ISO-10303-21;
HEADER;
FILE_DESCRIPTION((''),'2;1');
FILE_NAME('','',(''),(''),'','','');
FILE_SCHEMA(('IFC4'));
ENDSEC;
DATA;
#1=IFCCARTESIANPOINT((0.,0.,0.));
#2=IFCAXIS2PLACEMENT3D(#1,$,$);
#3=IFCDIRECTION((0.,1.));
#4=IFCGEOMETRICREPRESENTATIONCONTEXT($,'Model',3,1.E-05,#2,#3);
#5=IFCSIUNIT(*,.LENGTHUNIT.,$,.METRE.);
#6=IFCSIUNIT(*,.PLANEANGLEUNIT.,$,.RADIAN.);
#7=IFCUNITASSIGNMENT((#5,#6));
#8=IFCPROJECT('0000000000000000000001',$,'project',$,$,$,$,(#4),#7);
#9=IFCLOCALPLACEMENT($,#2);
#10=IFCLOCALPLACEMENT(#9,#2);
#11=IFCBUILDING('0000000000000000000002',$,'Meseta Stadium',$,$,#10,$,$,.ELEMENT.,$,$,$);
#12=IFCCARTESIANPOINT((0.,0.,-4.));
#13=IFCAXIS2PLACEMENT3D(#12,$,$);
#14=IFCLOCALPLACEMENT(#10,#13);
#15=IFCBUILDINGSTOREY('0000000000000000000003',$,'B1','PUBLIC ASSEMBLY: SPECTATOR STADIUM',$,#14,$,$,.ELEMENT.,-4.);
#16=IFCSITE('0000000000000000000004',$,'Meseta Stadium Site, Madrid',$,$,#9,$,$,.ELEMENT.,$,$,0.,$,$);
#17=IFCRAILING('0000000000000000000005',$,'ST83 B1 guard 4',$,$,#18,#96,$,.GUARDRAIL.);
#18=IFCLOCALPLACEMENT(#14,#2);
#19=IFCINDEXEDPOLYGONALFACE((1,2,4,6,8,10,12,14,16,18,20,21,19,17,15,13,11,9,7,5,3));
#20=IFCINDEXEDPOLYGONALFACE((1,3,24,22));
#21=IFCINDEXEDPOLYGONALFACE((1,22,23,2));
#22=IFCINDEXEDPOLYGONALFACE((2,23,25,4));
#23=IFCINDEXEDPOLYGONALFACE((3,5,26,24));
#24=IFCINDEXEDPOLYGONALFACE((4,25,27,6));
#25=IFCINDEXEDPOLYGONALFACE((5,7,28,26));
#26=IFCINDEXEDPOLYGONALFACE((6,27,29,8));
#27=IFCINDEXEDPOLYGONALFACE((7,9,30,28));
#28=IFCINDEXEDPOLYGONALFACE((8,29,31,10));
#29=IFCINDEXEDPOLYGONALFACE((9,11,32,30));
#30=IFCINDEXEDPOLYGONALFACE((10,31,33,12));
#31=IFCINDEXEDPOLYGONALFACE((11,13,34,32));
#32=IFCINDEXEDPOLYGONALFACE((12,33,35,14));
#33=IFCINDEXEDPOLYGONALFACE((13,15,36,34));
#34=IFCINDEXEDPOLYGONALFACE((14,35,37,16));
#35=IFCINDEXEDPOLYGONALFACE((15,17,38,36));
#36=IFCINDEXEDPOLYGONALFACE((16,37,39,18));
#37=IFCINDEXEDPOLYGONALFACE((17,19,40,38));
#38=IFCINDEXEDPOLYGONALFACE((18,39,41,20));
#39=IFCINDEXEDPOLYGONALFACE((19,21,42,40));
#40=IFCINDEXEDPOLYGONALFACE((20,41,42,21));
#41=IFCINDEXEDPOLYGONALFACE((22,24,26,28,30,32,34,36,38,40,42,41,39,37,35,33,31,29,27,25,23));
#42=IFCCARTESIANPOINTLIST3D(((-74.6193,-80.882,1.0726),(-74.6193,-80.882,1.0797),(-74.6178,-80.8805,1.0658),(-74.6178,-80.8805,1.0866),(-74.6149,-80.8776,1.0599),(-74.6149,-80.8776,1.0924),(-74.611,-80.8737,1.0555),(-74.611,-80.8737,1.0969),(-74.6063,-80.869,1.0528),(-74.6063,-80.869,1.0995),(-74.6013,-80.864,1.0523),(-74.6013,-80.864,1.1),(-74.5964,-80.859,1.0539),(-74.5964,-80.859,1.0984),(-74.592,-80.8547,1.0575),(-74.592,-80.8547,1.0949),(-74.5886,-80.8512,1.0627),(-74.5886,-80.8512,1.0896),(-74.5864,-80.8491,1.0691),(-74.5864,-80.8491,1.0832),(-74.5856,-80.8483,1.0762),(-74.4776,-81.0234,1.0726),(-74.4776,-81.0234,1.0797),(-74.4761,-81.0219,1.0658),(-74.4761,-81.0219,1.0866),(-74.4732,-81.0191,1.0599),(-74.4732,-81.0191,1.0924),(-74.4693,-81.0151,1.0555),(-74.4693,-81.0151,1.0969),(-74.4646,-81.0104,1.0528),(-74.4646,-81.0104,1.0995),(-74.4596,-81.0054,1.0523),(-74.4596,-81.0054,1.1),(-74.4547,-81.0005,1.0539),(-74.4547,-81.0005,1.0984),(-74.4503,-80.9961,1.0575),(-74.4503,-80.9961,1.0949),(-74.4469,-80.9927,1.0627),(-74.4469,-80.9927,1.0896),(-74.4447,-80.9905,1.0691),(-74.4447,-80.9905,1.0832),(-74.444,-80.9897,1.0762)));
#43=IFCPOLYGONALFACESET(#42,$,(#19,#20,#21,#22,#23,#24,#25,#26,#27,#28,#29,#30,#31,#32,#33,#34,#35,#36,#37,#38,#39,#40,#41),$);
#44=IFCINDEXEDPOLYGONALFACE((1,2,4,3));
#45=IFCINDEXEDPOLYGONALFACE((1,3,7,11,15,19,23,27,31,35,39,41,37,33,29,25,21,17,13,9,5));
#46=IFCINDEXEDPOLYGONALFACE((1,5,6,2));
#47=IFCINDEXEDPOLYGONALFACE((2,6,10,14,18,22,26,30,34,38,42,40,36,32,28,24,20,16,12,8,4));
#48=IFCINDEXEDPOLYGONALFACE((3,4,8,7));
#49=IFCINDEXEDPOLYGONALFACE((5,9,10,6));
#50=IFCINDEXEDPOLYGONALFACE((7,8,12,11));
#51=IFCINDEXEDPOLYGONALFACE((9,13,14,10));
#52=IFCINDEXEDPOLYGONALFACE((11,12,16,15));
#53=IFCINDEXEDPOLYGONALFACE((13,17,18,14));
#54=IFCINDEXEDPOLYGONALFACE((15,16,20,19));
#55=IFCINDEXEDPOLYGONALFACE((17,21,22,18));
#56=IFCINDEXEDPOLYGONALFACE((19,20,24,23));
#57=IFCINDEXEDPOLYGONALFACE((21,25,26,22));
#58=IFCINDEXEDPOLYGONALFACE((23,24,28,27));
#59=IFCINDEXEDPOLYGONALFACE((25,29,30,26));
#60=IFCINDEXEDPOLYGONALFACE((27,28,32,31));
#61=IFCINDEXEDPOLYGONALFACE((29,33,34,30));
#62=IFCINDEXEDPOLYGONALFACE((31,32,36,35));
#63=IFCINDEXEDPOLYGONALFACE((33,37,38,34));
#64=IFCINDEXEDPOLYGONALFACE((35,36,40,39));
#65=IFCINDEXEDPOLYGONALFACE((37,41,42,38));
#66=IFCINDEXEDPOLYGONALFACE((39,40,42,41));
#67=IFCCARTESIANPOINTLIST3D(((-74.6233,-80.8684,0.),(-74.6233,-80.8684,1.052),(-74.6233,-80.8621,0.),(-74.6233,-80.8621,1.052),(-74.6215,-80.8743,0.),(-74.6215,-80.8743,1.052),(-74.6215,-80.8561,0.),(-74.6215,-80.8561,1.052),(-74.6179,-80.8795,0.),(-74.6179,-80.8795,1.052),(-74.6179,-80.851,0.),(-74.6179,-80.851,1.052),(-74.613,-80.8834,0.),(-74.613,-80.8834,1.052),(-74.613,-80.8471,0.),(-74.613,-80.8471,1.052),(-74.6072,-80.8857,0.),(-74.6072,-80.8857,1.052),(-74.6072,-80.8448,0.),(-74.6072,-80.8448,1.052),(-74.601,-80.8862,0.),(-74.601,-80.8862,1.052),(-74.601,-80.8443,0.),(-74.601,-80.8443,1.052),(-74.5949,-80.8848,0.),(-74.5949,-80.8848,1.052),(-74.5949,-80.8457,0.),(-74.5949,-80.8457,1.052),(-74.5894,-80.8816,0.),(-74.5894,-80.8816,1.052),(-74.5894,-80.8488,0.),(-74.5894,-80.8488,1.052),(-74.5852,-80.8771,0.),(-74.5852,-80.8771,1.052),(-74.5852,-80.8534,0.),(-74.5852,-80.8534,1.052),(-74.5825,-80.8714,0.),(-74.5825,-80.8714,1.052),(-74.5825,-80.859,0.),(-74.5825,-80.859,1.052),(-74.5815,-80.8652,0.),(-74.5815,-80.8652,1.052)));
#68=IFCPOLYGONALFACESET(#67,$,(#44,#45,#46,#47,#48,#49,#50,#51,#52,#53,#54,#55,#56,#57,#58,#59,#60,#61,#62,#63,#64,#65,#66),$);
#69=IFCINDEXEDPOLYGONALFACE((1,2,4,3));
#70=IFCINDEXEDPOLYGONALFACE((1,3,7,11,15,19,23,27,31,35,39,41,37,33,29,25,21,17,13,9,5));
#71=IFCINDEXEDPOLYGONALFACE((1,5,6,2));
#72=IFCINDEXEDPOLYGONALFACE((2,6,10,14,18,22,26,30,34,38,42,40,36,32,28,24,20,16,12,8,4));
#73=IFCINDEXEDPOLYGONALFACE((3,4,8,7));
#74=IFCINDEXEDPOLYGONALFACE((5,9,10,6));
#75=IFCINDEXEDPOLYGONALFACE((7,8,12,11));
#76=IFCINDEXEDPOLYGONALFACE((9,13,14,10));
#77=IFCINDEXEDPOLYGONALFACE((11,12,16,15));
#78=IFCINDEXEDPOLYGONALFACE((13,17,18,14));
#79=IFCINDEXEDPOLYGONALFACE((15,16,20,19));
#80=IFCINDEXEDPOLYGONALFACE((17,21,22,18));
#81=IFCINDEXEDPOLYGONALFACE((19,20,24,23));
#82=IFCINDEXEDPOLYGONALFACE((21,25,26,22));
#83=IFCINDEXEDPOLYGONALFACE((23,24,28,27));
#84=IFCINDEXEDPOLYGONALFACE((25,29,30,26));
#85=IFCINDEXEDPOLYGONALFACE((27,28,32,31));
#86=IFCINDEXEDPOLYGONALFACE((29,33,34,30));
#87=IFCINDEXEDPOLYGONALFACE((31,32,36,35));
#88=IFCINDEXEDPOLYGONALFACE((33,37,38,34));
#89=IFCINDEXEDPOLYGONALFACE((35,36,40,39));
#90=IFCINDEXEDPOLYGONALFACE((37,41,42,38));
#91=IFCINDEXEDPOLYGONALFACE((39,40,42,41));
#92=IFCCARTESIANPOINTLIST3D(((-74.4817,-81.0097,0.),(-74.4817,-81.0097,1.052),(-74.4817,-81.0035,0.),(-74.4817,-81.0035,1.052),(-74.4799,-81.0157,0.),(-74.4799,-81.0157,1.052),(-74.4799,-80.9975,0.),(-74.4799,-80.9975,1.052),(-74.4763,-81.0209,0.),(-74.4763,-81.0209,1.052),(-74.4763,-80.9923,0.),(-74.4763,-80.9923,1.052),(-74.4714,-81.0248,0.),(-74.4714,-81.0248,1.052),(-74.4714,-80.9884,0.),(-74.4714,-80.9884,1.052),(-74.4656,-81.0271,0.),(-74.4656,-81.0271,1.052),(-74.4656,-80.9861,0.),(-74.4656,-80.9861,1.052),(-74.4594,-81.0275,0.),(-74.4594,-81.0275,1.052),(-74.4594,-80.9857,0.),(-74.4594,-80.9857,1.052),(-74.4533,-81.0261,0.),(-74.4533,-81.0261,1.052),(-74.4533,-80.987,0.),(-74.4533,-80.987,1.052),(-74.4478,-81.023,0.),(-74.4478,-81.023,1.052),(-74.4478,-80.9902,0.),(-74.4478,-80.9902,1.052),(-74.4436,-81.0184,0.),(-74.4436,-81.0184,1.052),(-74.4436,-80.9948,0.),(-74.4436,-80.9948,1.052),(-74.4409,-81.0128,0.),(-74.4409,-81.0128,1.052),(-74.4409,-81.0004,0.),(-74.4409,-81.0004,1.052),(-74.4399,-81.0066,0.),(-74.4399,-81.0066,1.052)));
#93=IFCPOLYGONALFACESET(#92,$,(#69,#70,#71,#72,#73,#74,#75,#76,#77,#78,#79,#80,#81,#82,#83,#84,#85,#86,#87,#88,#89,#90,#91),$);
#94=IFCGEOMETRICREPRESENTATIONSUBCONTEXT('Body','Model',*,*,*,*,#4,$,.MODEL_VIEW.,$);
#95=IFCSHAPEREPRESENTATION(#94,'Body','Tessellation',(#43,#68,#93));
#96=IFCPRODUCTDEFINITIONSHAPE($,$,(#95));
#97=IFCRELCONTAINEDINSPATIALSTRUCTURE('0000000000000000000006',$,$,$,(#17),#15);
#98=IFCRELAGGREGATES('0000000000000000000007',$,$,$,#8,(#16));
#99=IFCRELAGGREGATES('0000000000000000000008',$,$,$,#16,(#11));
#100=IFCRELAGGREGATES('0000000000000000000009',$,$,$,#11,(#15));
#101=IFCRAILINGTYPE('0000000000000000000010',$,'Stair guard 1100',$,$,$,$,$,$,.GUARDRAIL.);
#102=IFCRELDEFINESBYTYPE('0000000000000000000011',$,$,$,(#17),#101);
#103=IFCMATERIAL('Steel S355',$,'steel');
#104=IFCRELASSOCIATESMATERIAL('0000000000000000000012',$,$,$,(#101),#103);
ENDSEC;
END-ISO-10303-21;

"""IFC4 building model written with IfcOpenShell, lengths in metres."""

from ifc_helpers import new_model, si_unit, direction, frame, origin, origin_2d, place, context, subcontext, project, spatial, circle, extrude, material, type_object, element, save


model = new_model("IFC4")

# Units and contexts
model_context = context("Model", 3, precision=1e-05, world=origin(), true_north=direction((0.0, 1.0)))
body_context = subcontext(model_context, "Body", "Model", "MODEL_VIEW")
ifc_project = project(units=[si_unit("LENGTHUNIT", "METRE"), si_unit("PLANEANGLEUNIT", "RADIAN")], contexts=[model_context])

# Site, building, storey
site_placement = place(None, origin())
site = spatial("IfcSite", under=ifc_project, at=site_placement, Name="Meseta Stadium Site, Madrid", CompositionType="ELEMENT", RefElevation=0.0)
building_placement = place(site_placement, origin())
building = spatial("IfcBuilding", under=site, at=building_placement, Name="Meseta Stadium", CompositionType="ELEMENT")
storey_placement = place(building_placement, frame((0.0, 0.0, -4.0)))
storey = spatial("IfcBuildingStorey", under=building, at=storey_placement, Name="B1", Description="PUBLIC ASSEMBLY: SPECTATOR STADIUM", CompositionType="ELEMENT", Elevation=-4.0)

# Railing
ifc_material_1 = material(Name="Steel S355", Category="steel")
railing_type_1 = type_object("IfcRailingType", Name="Stair guard 1100", PredefinedType="GUARDRAIL", material=ifc_material_1)
railing_1_placement = place(storey_placement, frame((-74.6025, -80.8652, 0.0)))
element("IfcRailing", 1, at=railing_1_placement, inside=storey, type_object=railing_type_1, Name="ST83 B1 guard 4", PredefinedType="GUARDRAIL", context=body_context, shape_type="SweptSolid", body=[
    extrude(circle(Radius=0.0239, at=origin_2d()), frame((0.0, 0.0, 1.0762), z_axis=(0.707717, -0.706496, 0.0), x_axis=(0.706496, 0.707717, 0.0)), (0.0, 0.0, 1.0), 0.2002),
    extrude(circle(Radius=0.021, at=origin_2d()), origin(), (0.0, 0.0, 1.0), 1.052),
    extrude(circle(Radius=0.021, at=origin_2d()), frame((0.1416, -0.1414, 0.0)), (0.0, 0.0, 1.0), 1.052),
])

save(model, "model.ifc")
